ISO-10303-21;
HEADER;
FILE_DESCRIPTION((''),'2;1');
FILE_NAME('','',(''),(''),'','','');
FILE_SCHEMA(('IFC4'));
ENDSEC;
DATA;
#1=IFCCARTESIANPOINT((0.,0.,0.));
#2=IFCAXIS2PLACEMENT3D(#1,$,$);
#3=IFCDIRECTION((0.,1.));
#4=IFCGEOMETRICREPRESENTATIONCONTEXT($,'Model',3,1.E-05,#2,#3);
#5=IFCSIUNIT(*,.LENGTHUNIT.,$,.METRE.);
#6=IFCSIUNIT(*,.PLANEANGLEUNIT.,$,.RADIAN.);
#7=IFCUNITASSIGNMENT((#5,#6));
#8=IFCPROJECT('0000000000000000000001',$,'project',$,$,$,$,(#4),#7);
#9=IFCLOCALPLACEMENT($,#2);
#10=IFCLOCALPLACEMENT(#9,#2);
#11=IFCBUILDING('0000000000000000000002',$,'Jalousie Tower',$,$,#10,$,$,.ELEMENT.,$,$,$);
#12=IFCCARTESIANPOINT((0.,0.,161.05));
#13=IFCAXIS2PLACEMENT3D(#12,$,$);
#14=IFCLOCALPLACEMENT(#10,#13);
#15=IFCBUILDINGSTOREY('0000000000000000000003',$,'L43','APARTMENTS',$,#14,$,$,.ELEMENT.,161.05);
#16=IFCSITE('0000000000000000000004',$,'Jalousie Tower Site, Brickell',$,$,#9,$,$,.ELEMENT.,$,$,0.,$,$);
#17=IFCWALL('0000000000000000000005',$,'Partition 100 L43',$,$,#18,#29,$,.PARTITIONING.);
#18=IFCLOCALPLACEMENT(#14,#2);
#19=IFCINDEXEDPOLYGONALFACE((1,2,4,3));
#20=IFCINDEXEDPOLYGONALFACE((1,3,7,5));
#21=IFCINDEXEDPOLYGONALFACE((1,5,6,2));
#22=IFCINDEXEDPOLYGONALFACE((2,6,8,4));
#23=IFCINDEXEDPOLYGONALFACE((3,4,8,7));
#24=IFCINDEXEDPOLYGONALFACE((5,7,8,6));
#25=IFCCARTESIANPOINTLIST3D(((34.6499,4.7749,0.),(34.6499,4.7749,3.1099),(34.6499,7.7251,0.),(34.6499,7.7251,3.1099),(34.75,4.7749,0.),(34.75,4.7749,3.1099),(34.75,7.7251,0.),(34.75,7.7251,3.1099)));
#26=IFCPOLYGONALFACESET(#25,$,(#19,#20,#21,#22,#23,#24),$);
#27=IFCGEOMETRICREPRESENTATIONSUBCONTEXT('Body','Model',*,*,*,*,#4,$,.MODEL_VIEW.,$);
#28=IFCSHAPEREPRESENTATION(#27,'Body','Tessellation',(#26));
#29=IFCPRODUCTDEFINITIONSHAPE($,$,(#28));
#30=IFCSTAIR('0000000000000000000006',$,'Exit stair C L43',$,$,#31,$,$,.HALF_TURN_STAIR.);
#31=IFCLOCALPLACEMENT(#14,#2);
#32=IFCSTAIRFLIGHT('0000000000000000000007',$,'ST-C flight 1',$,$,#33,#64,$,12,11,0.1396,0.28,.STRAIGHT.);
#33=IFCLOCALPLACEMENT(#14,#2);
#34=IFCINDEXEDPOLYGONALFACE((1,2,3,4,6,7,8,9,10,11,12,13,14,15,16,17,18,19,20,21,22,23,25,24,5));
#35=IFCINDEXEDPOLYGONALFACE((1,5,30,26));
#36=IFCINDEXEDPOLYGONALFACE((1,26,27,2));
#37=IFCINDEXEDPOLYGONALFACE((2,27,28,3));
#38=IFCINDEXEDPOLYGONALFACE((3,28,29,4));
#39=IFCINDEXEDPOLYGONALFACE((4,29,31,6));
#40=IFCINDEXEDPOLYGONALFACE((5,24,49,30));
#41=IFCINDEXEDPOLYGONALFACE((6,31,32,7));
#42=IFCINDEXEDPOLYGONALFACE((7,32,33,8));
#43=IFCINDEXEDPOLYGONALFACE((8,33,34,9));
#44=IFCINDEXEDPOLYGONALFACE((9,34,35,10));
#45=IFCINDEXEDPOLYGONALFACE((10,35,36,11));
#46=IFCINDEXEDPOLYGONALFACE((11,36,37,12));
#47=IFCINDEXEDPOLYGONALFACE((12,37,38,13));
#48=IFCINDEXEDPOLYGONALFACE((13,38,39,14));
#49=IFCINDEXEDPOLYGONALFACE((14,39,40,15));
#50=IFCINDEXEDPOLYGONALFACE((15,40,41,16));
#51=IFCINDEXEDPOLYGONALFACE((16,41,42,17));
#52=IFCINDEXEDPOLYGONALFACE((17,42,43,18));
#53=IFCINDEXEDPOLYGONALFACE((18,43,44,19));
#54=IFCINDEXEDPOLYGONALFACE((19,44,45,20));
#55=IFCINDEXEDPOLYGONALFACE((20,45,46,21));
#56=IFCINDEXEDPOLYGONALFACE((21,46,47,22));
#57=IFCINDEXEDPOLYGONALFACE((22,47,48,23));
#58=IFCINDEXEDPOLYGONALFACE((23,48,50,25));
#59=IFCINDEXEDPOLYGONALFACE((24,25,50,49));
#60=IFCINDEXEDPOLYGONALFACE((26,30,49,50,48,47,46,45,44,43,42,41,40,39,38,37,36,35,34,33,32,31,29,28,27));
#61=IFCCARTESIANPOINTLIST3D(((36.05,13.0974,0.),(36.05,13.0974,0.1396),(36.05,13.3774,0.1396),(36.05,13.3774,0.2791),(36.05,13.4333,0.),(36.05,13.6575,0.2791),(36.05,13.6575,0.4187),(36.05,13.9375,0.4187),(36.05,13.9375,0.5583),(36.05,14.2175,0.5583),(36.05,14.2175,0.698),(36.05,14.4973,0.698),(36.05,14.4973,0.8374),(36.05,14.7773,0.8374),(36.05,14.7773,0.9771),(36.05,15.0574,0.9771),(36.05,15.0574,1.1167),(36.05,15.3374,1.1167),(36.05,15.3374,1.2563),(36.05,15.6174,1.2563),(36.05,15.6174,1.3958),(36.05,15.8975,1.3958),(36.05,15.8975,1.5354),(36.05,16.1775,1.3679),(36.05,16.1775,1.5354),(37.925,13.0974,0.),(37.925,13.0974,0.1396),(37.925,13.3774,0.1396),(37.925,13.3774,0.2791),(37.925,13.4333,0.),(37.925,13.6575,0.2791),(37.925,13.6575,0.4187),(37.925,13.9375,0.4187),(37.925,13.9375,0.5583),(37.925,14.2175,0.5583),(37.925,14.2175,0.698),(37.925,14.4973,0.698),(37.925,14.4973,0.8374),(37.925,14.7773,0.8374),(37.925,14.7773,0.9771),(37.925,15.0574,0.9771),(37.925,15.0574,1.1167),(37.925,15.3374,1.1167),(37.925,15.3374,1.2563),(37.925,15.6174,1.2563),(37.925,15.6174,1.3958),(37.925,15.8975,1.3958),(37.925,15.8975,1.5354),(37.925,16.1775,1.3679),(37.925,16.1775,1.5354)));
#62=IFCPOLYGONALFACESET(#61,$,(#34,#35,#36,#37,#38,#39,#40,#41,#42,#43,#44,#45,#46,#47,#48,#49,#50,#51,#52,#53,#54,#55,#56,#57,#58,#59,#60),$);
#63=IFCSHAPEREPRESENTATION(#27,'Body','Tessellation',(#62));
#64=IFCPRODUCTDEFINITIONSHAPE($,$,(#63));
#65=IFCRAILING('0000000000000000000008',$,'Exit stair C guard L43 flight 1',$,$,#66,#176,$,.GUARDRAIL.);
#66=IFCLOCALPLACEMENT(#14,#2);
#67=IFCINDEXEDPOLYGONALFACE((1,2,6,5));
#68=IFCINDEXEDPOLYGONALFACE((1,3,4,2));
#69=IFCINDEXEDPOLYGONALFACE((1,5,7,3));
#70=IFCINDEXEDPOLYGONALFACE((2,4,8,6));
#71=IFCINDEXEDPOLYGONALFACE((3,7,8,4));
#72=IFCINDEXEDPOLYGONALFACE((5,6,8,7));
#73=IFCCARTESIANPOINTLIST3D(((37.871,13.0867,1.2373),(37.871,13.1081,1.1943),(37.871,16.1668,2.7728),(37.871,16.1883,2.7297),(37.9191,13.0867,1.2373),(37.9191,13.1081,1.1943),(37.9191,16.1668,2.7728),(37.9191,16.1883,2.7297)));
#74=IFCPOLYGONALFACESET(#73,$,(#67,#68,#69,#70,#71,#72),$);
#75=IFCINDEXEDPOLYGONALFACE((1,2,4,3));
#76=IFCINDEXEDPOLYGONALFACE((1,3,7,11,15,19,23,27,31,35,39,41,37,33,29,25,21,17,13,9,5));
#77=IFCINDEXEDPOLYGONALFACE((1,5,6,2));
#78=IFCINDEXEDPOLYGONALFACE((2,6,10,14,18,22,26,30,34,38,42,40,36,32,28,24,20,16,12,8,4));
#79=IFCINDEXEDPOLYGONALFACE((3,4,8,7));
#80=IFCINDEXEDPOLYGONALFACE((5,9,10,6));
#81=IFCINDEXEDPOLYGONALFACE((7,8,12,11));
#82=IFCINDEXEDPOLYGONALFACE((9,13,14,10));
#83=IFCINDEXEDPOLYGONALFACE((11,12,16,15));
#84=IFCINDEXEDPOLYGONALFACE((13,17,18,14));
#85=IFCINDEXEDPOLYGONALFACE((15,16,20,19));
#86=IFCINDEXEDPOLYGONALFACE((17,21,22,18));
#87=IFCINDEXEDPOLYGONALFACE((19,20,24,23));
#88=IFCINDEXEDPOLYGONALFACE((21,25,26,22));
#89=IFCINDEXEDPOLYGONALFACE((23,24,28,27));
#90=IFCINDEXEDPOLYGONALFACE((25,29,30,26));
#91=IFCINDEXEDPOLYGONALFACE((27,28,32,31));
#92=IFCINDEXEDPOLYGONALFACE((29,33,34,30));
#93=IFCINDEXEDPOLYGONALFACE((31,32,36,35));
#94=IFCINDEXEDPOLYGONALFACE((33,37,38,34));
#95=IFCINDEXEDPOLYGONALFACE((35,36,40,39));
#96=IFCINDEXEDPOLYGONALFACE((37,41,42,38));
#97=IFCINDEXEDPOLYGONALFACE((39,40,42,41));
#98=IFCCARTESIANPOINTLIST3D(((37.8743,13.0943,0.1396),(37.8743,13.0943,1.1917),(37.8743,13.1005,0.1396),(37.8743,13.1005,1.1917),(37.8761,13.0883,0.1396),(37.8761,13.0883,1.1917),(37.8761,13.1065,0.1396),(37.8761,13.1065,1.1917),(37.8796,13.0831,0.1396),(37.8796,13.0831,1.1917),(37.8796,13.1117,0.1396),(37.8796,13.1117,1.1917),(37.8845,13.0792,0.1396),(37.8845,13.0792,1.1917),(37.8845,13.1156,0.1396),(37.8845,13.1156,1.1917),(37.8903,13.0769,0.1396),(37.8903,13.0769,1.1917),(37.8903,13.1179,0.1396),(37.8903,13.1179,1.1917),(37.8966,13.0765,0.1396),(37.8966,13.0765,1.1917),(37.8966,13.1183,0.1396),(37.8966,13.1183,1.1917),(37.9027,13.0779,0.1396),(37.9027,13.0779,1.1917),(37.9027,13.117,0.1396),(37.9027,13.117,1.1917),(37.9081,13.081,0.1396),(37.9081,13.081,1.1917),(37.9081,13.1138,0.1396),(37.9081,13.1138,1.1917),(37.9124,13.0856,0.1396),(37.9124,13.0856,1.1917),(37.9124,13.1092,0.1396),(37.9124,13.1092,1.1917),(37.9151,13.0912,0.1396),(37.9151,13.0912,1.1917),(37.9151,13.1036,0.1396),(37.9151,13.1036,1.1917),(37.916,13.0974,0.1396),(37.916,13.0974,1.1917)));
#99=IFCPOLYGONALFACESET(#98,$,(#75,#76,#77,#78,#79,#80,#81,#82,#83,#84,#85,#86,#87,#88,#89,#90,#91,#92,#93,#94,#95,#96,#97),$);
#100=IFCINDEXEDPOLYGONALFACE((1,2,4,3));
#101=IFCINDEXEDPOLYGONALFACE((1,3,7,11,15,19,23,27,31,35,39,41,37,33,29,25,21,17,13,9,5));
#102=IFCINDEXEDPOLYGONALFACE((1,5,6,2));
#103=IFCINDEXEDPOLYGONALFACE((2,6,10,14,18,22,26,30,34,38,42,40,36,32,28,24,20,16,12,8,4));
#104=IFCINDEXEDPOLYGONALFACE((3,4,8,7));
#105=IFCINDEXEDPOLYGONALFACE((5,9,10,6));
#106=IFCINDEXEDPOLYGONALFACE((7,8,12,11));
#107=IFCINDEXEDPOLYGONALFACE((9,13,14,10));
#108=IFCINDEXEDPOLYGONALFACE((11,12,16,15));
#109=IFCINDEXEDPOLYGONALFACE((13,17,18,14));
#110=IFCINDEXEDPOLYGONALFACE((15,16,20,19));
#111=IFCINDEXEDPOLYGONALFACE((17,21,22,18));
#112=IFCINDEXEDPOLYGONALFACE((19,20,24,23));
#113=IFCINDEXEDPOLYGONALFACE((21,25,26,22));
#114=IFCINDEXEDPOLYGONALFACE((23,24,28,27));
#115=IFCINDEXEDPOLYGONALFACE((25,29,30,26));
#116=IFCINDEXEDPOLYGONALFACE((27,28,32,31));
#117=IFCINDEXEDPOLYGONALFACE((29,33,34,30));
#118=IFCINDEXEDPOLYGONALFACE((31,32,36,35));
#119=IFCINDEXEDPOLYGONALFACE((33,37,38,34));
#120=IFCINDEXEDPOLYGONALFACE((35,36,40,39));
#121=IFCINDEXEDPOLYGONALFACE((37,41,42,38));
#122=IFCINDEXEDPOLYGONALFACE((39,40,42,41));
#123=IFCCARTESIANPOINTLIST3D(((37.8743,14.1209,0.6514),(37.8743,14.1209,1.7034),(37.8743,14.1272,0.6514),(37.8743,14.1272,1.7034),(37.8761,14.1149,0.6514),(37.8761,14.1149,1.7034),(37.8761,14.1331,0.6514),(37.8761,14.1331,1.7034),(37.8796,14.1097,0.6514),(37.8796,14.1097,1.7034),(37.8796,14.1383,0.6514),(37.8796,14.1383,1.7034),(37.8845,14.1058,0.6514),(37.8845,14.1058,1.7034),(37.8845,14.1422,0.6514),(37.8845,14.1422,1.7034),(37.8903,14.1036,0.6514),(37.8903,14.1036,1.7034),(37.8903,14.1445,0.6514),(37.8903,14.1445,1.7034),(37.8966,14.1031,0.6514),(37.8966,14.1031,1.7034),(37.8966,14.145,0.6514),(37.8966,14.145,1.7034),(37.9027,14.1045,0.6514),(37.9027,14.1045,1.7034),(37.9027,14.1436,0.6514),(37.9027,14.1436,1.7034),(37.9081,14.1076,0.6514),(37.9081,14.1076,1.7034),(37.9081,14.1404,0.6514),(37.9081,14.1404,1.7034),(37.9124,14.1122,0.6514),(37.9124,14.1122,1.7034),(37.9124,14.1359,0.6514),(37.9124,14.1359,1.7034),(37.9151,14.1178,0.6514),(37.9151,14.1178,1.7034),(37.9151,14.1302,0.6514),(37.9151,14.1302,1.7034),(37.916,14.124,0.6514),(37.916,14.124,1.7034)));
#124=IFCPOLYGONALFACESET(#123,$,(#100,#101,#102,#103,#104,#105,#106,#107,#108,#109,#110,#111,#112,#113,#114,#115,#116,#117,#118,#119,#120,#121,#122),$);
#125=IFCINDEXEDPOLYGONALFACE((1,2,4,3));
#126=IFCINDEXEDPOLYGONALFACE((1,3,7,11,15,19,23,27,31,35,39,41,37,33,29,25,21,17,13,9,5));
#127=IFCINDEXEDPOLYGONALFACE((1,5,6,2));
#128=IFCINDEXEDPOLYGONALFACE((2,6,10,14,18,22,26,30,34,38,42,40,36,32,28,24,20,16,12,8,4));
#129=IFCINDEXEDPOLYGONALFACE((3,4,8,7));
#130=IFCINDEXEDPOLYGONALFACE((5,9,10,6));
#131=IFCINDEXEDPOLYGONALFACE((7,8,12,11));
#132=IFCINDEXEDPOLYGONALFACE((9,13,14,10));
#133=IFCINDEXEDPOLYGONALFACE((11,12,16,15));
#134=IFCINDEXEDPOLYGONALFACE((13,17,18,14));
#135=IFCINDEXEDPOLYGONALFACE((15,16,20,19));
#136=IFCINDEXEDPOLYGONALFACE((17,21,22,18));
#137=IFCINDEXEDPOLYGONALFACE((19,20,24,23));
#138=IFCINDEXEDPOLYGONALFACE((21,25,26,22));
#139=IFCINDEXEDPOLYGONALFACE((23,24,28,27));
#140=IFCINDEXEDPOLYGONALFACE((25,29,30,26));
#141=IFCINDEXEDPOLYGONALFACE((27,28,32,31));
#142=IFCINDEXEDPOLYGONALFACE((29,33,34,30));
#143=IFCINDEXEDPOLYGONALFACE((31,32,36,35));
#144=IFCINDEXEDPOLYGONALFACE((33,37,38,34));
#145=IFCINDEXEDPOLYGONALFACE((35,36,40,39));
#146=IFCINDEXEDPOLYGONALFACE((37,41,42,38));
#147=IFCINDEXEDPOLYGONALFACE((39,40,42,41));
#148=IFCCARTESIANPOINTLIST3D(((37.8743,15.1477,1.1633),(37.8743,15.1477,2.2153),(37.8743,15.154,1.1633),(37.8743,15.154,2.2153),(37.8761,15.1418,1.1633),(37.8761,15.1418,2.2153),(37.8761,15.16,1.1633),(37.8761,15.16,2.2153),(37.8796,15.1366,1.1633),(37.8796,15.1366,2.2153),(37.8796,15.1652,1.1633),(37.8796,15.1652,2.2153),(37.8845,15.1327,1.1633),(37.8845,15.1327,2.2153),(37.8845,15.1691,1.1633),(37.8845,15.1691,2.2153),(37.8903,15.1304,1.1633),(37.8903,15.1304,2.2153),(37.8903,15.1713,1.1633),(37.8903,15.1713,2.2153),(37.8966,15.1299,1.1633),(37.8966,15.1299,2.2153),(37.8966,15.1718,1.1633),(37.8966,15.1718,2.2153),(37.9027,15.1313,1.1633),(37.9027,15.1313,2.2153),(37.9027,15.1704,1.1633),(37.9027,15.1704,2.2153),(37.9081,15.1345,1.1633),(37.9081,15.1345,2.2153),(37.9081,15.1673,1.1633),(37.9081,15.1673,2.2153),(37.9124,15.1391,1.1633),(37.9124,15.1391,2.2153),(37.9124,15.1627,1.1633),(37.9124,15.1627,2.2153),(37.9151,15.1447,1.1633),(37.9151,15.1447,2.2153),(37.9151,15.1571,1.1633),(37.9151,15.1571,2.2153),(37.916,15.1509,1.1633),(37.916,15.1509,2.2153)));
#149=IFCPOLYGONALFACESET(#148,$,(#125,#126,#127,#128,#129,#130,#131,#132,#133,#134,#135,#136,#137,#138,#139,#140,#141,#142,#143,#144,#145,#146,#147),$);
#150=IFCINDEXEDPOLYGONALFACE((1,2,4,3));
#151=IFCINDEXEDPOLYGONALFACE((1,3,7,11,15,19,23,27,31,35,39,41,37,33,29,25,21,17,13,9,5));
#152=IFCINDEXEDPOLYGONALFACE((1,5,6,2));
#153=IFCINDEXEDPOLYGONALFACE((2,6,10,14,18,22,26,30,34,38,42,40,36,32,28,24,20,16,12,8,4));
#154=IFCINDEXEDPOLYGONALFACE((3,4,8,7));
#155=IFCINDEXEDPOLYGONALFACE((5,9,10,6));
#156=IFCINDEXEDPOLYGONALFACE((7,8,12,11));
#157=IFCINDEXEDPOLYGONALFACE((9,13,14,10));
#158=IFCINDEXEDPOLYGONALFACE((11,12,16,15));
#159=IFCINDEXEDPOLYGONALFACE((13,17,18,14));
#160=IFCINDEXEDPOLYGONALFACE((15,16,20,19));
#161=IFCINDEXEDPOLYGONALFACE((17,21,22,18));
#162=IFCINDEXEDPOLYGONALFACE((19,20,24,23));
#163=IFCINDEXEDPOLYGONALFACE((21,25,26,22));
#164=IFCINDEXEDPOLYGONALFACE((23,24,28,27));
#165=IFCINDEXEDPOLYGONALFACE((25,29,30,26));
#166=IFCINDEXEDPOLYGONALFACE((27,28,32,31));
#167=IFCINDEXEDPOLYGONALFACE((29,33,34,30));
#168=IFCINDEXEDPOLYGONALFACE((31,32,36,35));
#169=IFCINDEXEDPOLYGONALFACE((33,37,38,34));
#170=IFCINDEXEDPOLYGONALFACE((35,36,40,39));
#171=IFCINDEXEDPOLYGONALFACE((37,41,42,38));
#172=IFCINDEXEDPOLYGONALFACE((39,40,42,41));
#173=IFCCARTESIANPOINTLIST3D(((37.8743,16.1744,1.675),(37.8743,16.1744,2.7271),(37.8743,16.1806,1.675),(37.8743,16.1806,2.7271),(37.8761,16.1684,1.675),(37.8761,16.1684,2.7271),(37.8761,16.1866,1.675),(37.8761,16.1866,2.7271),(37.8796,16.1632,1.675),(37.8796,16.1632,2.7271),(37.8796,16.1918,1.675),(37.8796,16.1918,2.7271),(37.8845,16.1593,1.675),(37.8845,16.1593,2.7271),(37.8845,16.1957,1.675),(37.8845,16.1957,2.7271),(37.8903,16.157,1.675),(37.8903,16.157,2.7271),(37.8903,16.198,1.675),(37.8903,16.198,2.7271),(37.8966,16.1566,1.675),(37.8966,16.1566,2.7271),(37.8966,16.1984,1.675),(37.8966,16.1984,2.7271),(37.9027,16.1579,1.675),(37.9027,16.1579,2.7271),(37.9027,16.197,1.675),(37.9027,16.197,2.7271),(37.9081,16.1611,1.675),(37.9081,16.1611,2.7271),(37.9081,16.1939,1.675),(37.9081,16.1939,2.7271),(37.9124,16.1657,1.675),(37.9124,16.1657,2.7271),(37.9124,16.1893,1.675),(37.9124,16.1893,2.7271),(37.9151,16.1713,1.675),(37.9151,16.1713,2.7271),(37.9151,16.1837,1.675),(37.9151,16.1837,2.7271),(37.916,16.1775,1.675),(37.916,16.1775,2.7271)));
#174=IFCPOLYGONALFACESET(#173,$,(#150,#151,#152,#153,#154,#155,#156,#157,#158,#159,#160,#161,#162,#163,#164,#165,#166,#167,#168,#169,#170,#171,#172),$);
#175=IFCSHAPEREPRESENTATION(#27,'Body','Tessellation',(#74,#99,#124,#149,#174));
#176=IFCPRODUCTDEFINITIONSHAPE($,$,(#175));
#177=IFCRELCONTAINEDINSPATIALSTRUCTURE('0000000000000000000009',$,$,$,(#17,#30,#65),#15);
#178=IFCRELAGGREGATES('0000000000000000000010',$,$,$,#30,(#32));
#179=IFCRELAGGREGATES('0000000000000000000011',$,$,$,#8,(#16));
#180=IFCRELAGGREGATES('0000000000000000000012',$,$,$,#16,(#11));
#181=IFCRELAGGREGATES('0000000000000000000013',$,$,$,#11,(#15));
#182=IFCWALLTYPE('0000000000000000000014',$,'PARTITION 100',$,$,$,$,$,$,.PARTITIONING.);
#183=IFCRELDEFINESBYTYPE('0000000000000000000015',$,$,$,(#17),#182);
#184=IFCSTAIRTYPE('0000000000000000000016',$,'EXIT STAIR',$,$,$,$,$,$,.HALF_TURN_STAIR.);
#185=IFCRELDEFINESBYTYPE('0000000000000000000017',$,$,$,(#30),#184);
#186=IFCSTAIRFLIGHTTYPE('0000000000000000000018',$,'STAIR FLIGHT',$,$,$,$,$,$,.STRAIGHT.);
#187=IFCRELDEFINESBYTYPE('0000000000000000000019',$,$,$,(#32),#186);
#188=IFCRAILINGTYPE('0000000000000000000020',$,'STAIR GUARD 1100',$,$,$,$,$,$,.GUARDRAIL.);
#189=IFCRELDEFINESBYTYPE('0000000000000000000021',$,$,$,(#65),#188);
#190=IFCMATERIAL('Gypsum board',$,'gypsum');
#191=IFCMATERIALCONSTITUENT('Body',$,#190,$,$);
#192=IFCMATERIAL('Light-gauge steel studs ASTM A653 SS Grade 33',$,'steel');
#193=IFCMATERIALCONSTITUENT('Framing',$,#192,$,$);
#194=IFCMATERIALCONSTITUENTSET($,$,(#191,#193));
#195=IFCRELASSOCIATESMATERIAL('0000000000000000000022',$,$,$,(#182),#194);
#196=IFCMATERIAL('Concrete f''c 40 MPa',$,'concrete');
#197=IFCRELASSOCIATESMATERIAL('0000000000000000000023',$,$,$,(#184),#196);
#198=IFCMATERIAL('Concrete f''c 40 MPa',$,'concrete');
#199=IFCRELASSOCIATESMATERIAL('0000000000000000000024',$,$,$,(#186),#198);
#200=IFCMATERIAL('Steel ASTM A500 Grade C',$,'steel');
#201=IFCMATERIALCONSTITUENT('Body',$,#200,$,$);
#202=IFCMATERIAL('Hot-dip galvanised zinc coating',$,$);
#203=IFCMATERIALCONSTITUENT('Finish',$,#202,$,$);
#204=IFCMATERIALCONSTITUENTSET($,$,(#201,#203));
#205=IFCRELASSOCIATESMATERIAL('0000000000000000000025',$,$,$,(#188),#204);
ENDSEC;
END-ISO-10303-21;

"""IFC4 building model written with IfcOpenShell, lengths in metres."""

from ifc_helpers import new_model, si_unit, direction, frame, frame_2d, origin, origin_2d, place, context, subcontext, project, spatial, polyline, rectangle, circle, outline, extrude, material, constituent, constituent_set, type_object, element, aggregate, save


model = new_model("IFC4")

# Units and contexts
model_context = context("Model", 3, precision=1e-05, world=origin(), true_north=direction((0.0, 1.0)))
body_context = subcontext(model_context, "Body", "Model", "MODEL_VIEW")
ifc_project = project(units=[si_unit("LENGTHUNIT", "METRE"), si_unit("PLANEANGLEUNIT", "RADIAN")], contexts=[model_context])

# Site, building, storey
site_placement = place(None, origin())
site = spatial("IfcSite", under=ifc_project, at=site_placement, Name="Jalousie Tower Site, Brickell", CompositionType="ELEMENT", RefElevation=0.0)
building_placement = place(site_placement, origin())
building = spatial("IfcBuilding", under=site, at=building_placement, Name="Jalousie Tower", CompositionType="ELEMENT")
storey_placement = place(building_placement, frame((0.0, 0.0, 161.05)))
storey = spatial("IfcBuildingStorey", under=building, at=storey_placement, Name="L43", Description="APARTMENTS", CompositionType="ELEMENT", Elevation=161.05)

# Wall
ifc_material_1 = material(Name="Gypsum board", Category="gypsum")
ifc_constituent_1 = constituent(ifc_material_1, Name="Body")
ifc_material_2 = material(Name="Light-gauge steel studs ASTM A653 SS Grade 33", Category="steel")
ifc_constituent_2 = constituent(ifc_material_2, Name="Framing")
ifc_constituent_set_1 = constituent_set(constituents=[ifc_constituent_1, ifc_constituent_2])
wall_type_1 = type_object("IfcWallType", Name="PARTITION 100", PredefinedType="PARTITIONING", material=ifc_constituent_set_1)
wall_1_placement = place(storey_placement, frame((34.7, 4.7749, 0.0), z_axis=(0.0, 0.0, 1.0), x_axis=(0.0, 1.0, 0.0)))
element("IfcWall", 1, at=wall_1_placement, inside=storey, type_object=wall_type_1, Name="Partition 100 L43", PredefinedType="PARTITIONING", context=body_context, shape_type="SweptSolid", body=[
    extrude(rectangle(XDim=2.9502, YDim=0.1001, at=frame_2d((1.4751, 0.0))), origin(), (0.0, 0.0, 1.0), 3.1099),
])

# Stair, stair flight
ifc_material_3 = material(Name="Concrete f'c 40 MPa", Category="concrete")
stair_type = type_object("IfcStairType", Name="EXIT STAIR", PredefinedType="HALF_TURN_STAIR", material=ifc_material_3)
stair_placement = place(storey_placement, origin())
stair = element("IfcStair", 2, at=stair_placement, inside=storey, type_object=stair_type, Name="Exit stair C L43", PredefinedType="HALF_TURN_STAIR")
ifc_material_4 = material(Name="Concrete f'c 40 MPa", Category="concrete")
stair_flight_type = type_object("IfcStairFlightType", Name="STAIR FLIGHT", PredefinedType="STRAIGHT", material=ifc_material_4)
stair_flight_placement = place(storey_placement, frame((36.9875, 13.0974, 0.0), z_axis=(0.0, 0.0, 1.0), x_axis=(0.0, 1.0, 0.0)))
stair_flight = element("IfcStairFlight", 3, at=stair_flight_placement, type_object=stair_flight_type, Name="ST-C flight 1", NumberOfRisers=12, NumberOfTreads=11, PredefinedType="STRAIGHT", RiserHeight=0.1396, TreadLength=0.28, context=body_context, shape_type="SweptSolid", body=[
    extrude(outline(polyline([(0.0, 0.0), (0.0, 0.1396), (0.28, 0.1396), (0.28, 0.2791), (0.5601, 0.2791), (0.5601, 0.4187), (0.8401, 0.4187), (0.8401, 0.5583), (1.1201, 0.5583), (1.1201, 0.698), (1.3999, 0.698), (1.3999, 0.8374), (1.6799, 0.8374), (1.6799, 0.9771), (1.96, 0.9771), (1.96, 1.1167), (2.24, 1.1167), (2.24, 1.2563), (2.52, 1.2563), (2.52, 1.3958), (2.8, 1.3958), (2.8, 1.5354), (3.0801, 1.5354), (3.0801, 1.675), (3.0801, 1.3679), (0.3359, 0.0), (0.0, 0.0)])), frame((0.0, 0.9375, 0.0), z_axis=(0.0, -1.0, 0.0), x_axis=(1.0, 0.0, 0.0)), (0.0, 0.0, 1.0), 1.875),
])
aggregate(stair, [stair_flight])

# Railing
ifc_material_5 = material(Name="Steel ASTM A500 Grade C", Category="steel")
ifc_constituent_3 = constituent(ifc_material_5, Name="Body")
ifc_material_6 = material(Name="Hot-dip galvanised zinc coating")
ifc_constituent_4 = constituent(ifc_material_6, Name="Finish")
ifc_constituent_set_2 = constituent_set(constituents=[ifc_constituent_3, ifc_constituent_4])
railing_type_1 = type_object("IfcRailingType", Name="STAIR GUARD 1100", PredefinedType="GUARDRAIL", material=ifc_constituent_set_2)
railing_1_placement = place(storey_placement, frame((37.895, 13.0974, 0.1396)))
element("IfcRailing", 4, at=railing_1_placement, inside=storey, type_object=railing_type_1, Name="Exit stair C guard L43 flight 1", PredefinedType="GUARDRAIL", context=body_context, shape_type="SweptSolid", body=[
    extrude(rectangle(XDim=0.0481, YDim=0.0481, at=origin_2d()), frame((0.0, 0.0, 1.0762), z_axis=(0.0, 0.894966, 0.446135), x_axis=(-1.0, 0.0, 0.0)), (0.0, 0.0, 1.0), 3.4417),
    extrude(circle(Radius=0.021, at=origin_2d()), origin(), (0.0, 0.0, 1.0), 1.052),
    extrude(circle(Radius=0.021, at=origin_2d()), frame((0.0, 1.0266, 0.5117)), (0.0, 0.0, 1.0), 1.052),
    extrude(circle(Radius=0.021, at=origin_2d()), frame((0.0, 2.0535, 1.0237)), (0.0, 0.0, 1.0), 1.052),
    extrude(circle(Radius=0.021, at=origin_2d()), frame((0.0, 3.0801, 1.5354)), (0.0, 0.0, 1.0), 1.052),
])

save(model, "model.ifc")
